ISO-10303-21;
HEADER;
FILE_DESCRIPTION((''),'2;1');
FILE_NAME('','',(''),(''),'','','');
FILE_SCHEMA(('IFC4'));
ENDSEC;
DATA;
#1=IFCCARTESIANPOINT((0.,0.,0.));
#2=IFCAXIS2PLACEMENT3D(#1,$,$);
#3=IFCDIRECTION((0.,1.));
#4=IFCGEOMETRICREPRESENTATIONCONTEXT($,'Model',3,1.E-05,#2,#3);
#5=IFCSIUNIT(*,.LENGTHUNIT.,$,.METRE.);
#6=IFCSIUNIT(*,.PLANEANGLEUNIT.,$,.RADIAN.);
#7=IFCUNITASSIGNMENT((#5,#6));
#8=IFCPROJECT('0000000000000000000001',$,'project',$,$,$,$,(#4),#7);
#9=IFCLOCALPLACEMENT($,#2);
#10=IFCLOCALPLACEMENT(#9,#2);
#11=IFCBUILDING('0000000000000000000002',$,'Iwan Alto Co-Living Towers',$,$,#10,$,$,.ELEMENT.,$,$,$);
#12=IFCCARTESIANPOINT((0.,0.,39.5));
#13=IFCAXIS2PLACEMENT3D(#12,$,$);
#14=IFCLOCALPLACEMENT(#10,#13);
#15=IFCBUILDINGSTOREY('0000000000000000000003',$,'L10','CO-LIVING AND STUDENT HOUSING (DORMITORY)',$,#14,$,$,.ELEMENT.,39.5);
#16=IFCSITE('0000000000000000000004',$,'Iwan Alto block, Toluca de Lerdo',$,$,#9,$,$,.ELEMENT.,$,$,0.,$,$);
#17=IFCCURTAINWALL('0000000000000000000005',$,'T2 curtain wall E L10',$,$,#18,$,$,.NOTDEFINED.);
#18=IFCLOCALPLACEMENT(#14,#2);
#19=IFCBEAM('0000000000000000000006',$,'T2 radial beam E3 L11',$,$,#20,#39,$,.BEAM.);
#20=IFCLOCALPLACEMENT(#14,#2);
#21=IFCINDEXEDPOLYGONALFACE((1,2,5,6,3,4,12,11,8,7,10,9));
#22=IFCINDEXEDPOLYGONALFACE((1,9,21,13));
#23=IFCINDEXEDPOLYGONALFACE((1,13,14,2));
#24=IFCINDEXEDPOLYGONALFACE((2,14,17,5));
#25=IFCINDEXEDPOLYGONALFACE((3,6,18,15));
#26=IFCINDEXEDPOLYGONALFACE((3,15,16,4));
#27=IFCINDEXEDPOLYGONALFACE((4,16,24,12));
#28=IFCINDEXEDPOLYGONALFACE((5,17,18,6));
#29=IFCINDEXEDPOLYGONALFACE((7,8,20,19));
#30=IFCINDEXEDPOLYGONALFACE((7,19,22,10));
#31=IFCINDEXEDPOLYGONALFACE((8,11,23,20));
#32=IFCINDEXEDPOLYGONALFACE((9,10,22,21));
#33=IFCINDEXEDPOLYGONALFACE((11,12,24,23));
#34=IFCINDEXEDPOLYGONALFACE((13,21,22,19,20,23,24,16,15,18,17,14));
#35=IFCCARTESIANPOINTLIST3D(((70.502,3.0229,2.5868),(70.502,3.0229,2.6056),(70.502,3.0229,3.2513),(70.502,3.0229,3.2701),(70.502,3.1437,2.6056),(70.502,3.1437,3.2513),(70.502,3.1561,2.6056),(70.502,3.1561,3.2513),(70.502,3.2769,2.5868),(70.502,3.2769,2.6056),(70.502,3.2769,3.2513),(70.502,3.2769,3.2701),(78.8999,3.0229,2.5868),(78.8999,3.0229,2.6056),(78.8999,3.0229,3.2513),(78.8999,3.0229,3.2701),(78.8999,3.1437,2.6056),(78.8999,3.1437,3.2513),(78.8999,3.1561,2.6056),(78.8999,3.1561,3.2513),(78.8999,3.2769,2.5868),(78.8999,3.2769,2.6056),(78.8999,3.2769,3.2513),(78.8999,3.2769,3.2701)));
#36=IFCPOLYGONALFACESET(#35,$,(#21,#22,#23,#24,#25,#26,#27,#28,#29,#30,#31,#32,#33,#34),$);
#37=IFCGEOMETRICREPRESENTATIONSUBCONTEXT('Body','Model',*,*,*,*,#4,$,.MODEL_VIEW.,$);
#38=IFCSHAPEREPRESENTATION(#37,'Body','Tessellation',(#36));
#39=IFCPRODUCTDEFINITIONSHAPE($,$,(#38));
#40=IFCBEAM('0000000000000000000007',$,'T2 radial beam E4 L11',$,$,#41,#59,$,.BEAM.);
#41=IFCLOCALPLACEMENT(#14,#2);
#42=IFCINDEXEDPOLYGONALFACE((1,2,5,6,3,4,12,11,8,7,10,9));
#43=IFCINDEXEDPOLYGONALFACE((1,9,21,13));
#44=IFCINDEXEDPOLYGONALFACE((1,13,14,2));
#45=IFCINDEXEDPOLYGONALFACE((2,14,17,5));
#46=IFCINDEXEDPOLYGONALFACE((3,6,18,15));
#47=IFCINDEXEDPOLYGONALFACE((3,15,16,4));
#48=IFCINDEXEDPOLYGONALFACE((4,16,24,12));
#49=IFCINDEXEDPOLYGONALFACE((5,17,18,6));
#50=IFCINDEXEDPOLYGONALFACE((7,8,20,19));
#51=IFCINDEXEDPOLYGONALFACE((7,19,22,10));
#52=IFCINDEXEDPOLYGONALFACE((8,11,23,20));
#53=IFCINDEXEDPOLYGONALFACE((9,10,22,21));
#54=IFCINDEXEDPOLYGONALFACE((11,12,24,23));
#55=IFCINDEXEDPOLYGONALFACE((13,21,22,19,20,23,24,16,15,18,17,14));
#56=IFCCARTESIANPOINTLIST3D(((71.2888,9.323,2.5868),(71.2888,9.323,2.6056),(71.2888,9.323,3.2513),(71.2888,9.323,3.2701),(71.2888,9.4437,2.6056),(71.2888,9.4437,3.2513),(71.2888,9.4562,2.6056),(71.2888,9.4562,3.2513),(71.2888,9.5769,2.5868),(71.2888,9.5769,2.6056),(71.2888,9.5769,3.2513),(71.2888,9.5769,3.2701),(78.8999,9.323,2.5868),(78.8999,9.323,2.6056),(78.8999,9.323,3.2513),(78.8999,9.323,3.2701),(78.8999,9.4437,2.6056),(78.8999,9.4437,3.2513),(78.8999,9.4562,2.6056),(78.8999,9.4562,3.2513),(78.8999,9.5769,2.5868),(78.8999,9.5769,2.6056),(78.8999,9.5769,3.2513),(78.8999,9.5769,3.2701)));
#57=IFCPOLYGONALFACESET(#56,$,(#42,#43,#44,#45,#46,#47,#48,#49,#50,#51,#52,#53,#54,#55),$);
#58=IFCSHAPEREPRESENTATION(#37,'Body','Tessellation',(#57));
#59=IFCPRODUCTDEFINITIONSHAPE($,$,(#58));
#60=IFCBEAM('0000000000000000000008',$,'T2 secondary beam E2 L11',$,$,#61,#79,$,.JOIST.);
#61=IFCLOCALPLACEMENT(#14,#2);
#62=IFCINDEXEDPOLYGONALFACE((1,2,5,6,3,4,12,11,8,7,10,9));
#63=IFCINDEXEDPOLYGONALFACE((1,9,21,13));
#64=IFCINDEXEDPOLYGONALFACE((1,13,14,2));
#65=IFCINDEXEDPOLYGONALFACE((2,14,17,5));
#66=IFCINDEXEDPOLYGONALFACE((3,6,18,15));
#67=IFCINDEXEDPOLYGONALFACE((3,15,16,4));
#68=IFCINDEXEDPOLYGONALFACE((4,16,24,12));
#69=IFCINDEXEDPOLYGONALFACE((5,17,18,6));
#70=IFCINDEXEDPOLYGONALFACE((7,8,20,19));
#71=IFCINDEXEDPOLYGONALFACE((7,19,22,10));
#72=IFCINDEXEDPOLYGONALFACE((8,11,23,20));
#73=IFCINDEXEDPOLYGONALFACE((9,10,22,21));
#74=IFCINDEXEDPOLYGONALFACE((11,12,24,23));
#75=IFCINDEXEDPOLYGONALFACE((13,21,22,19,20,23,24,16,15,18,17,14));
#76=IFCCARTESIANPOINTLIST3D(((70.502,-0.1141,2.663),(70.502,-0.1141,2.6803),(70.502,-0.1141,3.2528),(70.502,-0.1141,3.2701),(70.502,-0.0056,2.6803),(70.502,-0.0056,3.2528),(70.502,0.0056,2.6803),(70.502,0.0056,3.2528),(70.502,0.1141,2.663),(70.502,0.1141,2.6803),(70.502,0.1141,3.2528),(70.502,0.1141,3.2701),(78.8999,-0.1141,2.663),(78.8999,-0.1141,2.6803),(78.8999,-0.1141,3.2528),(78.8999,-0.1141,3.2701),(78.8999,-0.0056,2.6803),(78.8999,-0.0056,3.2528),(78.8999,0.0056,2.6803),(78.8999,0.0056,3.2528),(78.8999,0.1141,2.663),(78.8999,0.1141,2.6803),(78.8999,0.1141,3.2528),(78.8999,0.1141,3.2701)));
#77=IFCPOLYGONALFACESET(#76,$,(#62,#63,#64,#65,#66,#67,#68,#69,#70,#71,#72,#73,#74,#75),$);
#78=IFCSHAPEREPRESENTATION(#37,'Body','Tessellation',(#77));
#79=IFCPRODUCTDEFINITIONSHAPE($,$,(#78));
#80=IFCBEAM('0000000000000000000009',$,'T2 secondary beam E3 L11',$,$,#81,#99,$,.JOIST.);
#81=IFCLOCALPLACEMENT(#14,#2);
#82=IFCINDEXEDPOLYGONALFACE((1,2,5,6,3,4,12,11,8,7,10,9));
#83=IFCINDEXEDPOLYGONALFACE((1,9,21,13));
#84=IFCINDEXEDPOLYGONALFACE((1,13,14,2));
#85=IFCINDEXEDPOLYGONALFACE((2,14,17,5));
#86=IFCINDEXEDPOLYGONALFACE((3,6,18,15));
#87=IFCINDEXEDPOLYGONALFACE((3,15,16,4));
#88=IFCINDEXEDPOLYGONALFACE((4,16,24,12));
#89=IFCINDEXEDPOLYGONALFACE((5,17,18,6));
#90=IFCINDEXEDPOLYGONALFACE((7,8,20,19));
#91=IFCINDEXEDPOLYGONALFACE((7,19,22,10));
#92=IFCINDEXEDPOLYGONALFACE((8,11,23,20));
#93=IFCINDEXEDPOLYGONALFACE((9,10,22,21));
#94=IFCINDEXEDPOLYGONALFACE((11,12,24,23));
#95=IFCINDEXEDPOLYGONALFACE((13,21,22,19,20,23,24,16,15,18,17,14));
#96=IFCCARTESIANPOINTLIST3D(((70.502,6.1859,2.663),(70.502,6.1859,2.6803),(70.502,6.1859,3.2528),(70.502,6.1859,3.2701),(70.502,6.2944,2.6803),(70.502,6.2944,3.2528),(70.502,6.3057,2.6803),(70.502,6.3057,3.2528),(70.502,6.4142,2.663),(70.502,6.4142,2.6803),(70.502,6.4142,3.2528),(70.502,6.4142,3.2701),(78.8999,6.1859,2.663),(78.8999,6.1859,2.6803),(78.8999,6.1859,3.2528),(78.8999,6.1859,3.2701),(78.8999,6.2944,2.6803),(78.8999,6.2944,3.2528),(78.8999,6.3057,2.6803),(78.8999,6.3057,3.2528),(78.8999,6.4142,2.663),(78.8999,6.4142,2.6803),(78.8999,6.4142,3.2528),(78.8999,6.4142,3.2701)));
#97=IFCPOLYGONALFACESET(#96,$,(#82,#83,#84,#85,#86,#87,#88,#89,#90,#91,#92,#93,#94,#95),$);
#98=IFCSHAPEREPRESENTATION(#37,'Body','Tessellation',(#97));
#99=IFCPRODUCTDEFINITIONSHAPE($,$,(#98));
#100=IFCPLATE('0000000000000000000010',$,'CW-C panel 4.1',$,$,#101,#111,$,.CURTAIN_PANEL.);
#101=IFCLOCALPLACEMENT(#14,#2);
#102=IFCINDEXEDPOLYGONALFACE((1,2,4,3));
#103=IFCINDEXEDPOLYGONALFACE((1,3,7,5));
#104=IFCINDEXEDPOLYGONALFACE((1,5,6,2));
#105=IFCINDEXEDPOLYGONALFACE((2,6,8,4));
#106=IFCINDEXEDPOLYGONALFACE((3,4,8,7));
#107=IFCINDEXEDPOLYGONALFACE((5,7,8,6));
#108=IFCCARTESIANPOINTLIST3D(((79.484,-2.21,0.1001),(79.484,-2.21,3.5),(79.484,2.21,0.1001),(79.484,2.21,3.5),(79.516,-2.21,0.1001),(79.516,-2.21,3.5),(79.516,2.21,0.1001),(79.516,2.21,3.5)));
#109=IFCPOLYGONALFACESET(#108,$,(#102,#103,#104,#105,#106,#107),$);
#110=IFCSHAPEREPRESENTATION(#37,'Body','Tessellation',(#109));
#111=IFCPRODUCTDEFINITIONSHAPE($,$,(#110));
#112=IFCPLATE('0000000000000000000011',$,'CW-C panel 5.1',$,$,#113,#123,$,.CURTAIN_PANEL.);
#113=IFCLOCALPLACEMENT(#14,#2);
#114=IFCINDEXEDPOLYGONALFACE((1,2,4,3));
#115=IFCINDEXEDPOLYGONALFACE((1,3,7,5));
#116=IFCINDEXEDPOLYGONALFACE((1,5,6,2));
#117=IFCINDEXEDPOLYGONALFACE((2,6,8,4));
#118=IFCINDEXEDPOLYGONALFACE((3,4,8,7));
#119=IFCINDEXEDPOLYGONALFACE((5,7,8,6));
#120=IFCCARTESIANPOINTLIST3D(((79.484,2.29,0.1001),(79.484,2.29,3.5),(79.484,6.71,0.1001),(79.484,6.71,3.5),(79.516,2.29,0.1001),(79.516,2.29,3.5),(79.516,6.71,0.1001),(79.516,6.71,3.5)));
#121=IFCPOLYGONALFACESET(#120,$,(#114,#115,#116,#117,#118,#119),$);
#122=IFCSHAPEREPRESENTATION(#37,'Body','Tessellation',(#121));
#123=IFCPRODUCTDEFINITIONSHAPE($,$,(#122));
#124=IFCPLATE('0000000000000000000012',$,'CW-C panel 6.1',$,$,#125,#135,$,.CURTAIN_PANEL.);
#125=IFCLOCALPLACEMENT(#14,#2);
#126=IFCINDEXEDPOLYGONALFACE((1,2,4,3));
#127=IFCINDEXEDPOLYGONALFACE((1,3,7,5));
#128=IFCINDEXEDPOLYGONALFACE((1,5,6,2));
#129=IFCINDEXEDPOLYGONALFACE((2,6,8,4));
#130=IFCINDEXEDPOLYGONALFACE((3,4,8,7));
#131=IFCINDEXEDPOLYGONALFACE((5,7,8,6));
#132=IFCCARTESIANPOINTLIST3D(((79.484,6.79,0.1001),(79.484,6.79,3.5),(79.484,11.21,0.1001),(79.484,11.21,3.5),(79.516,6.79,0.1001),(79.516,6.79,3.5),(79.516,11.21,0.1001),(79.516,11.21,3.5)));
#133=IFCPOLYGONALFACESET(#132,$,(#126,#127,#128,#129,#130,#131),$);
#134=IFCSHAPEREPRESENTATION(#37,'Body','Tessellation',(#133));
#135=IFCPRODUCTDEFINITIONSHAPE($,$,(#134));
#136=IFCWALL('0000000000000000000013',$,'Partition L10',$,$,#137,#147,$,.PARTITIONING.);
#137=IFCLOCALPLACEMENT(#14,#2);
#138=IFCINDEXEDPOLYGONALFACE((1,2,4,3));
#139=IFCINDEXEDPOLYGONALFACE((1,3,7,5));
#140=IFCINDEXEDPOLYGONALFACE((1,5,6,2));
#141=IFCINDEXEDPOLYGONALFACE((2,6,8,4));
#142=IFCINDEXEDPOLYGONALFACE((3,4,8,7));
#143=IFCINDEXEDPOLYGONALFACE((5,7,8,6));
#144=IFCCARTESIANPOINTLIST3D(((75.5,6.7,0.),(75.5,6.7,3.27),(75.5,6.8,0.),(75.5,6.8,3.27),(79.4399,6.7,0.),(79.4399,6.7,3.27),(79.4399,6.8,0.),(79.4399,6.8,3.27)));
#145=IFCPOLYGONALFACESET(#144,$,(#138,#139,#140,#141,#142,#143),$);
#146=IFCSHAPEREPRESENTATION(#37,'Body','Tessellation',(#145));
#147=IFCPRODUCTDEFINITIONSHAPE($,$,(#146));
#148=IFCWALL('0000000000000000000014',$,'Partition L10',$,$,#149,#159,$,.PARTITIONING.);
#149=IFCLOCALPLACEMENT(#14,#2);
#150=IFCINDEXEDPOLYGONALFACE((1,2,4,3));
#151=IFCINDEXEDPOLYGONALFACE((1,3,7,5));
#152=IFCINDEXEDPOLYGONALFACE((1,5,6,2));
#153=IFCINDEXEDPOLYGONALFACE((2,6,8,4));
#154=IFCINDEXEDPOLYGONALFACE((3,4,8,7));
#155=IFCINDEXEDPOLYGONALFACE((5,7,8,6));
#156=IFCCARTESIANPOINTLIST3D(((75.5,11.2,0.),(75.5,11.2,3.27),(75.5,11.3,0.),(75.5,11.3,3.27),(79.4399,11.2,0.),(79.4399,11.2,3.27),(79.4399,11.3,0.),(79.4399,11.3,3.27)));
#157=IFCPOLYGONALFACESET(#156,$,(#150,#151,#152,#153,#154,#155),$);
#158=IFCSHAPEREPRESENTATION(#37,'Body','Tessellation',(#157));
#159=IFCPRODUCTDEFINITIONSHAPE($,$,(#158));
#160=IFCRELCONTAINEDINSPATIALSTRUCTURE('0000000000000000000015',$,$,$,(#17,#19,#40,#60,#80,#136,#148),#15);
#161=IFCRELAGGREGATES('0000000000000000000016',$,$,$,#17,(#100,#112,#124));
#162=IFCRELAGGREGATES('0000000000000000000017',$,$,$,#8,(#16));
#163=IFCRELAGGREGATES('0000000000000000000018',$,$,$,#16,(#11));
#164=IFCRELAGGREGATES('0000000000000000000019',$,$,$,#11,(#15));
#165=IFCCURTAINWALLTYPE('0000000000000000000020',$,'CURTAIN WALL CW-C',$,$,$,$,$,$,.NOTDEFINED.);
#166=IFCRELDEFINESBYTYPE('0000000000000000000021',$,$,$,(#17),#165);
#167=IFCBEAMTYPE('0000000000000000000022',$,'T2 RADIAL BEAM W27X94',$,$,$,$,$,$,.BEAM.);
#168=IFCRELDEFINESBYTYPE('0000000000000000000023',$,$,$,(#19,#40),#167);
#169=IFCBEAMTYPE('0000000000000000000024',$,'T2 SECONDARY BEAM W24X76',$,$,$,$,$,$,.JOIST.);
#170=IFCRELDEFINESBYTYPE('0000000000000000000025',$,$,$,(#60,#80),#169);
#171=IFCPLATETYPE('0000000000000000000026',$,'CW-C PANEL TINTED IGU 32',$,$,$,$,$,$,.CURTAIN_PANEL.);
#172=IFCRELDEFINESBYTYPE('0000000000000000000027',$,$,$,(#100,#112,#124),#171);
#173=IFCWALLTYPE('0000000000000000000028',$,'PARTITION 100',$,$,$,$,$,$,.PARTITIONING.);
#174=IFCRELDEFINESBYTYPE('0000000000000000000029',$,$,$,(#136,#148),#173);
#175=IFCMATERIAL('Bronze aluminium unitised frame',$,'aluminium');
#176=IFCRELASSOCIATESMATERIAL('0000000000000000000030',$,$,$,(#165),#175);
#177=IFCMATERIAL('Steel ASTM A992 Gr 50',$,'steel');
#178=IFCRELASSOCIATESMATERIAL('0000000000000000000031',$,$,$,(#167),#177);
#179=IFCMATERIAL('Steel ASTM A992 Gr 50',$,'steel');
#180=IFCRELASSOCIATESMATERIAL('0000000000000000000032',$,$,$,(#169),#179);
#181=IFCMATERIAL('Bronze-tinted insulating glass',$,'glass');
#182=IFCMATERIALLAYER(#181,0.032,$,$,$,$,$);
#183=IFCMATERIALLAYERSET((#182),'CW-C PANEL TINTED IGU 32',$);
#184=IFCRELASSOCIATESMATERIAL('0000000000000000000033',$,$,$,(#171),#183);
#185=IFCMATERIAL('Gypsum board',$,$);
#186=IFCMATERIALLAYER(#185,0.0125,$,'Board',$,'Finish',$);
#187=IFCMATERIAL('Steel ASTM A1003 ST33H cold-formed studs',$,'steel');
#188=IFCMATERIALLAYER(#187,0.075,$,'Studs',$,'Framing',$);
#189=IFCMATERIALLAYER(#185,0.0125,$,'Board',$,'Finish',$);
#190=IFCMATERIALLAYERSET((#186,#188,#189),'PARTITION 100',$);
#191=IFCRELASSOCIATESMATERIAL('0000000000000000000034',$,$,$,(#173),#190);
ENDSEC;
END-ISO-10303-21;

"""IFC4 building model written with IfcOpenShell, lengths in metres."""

from ifc_helpers import new_model, si_unit, direction, frame, frame_2d, origin, origin_2d, place, context, subcontext, project, spatial, rectangle, i_section, extrude, material, layer, layer_set, material_profile, profile_set, type_object, element, aggregate, save


model = new_model("IFC4")

# Units and contexts
model_context = context("Model", 3, precision=1e-05, world=origin(), true_north=direction((0.0, 1.0)))
body_context = subcontext(model_context, "Body", "Model", "MODEL_VIEW")
ifc_project = project(units=[si_unit("LENGTHUNIT", "METRE"), si_unit("PLANEANGLEUNIT", "RADIAN")], contexts=[model_context])

# Site, building, storey
site_placement = place(None, origin())
site = spatial("IfcSite", under=ifc_project, at=site_placement, Name="Iwan Alto block, Toluca de Lerdo", CompositionType="ELEMENT", RefElevation=0.0)
building_placement = place(site_placement, origin())
building = spatial("IfcBuilding", under=site, at=building_placement, Name="Iwan Alto Co-Living Towers", CompositionType="ELEMENT")
storey_placement = place(building_placement, frame((0.0, 0.0, 39.5)))
storey = spatial("IfcBuildingStorey", under=building, at=storey_placement, Name="L10", Description="CO-LIVING AND STUDENT HOUSING (DORMITORY)", CompositionType="ELEMENT", Elevation=39.5)

# Curtain wall
ifc_material_1 = material(Name="Bronze aluminium unitised frame", Category="aluminium")
curtain_wall_type = type_object("IfcCurtainWallType", Name="CURTAIN WALL CW-C", PredefinedType="NOTDEFINED", material=ifc_material_1)
curtain_wall_placement = place(storey_placement, origin())
curtain_wall = element("IfcCurtainWall", 1, at=curtain_wall_placement, inside=storey, type_object=curtain_wall_type, Name="T2 curtain wall E L10", PredefinedType="NOTDEFINED")

# Beams
ifc_material_2 = material(Name="Steel ASTM A992 Gr 50", Category="steel")
ifc_material_profile_1 = material_profile(ifc_material_2, i_section(OverallWidth=0.2539, OverallDepth=0.6833, WebThickness=0.0125, FlangeThickness=0.0188, at=origin_2d()), Name="W27X94")
ifc_profile_set_1 = profile_set([ifc_material_profile_1], Name="Steel ASTM A992 Gr 50")
beam_type_1 = type_object("IfcBeamType", Name="T2 RADIAL BEAM W27X94", PredefinedType="BEAM", material=ifc_profile_set_1)
beam_1_placement = place(storey_placement, frame((78.8999, 3.1499, 2.9285), z_axis=(-1.0, 0.0, 0.0), x_axis=(0.0, -1.0, 0.0)))
element("IfcBeam", 2, at=beam_1_placement, inside=storey, type_object=beam_type_1, Name="T2 radial beam E3 L11", PredefinedType="BEAM", context=body_context, shape_type="SweptSolid", body=[
    extrude(i_section(OverallWidth=0.2539, OverallDepth=0.6833, WebThickness=0.0125, FlangeThickness=0.0188, at=origin_2d()), origin(), (0.0, 0.0, 1.0), 8.3979),
])
beam_2_placement = place(storey_placement, frame((78.8999, 9.45, 2.9285), z_axis=(-1.0, 0.0, 0.0), x_axis=(0.0, -1.0, 0.0)))
element("IfcBeam", 3, at=beam_2_placement, inside=storey, type_object=beam_type_1, Name="T2 radial beam E4 L11", PredefinedType="BEAM", context=body_context, shape_type="SweptSolid", body=[
    extrude(i_section(OverallWidth=0.2539, OverallDepth=0.6833, WebThickness=0.0125, FlangeThickness=0.0188, at=origin_2d()), origin(), (0.0, 0.0, 1.0), 7.6111),
])
ifc_material_3 = material(Name="Steel ASTM A992 Gr 50", Category="steel")
ifc_material_profile_2 = material_profile(ifc_material_3, i_section(OverallWidth=0.2283, OverallDepth=0.6072, WebThickness=0.0112, FlangeThickness=0.0173, at=origin_2d()), Name="W24X76")
ifc_profile_set_2 = profile_set([ifc_material_profile_2], Name="Steel ASTM A992 Gr 50")
beam_type_2 = type_object("IfcBeamType", Name="T2 SECONDARY BEAM W24X76", PredefinedType="JOIST", material=ifc_profile_set_2)
for number, where, z_axis, x_axis, name in (
    (4, (78.8999, 0.0, 2.9666), (-1.0, 0.0, 0.0), (0.0, -1.0, 0.0), "T2 secondary beam E2 L11"),
    (5, (78.8999, 6.3, 2.9666), (-1.0, 0.0, 0.0), (0.0, -1.0, 0.0), "T2 secondary beam E3 L11"),
):
    element("IfcBeam", number, at=place(storey_placement, frame(where, z_axis=z_axis, x_axis=x_axis)), inside=storey, type_object=beam_type_2, Name=name, PredefinedType="JOIST", context=body_context, shape_type="SweptSolid", body=[
        extrude(i_section(OverallWidth=0.2283, OverallDepth=0.6072, WebThickness=0.0112, FlangeThickness=0.0173, at=origin_2d()), origin(), (0.0, 0.0, 1.0), 8.3979),
    ])

# Plates
ifc_material_4 = material(Name="Bronze-tinted insulating glass", Category="glass")
ifc_layer_1 = layer(ifc_material_4, 0.032)
ifc_layer_set_1 = layer_set([ifc_layer_1], Name="CW-C PANEL TINTED IGU 32")
plate_type = type_object("IfcPlateType", Name="CW-C PANEL TINTED IGU 32", PredefinedType="CURTAIN_PANEL", material=ifc_layer_set_1)
plate_1_placement = place(storey_placement, frame((79.5, 0.0, 0.1001), z_axis=(0.0, 0.0, 1.0), x_axis=(0.0, 1.0, 0.0)))
plate_1 = element("IfcPlate", 6, at=plate_1_placement, type_object=plate_type, Name="CW-C panel 4.1", PredefinedType="CURTAIN_PANEL", context=body_context, shape_type="SweptSolid", body=[
    extrude(rectangle(XDim=4.4199, YDim=0.032, at=origin_2d()), origin(), (0.0, 0.0, 1.0), 3.3999),
])
plate_2_placement = place(storey_placement, frame((79.5, 4.5, 0.1001), z_axis=(0.0, 0.0, 1.0), x_axis=(0.0, 1.0, 0.0)))
plate_2 = element("IfcPlate", 7, at=plate_2_placement, type_object=plate_type, Name="CW-C panel 5.1", PredefinedType="CURTAIN_PANEL", context=body_context, shape_type="SweptSolid", body=[
    extrude(rectangle(XDim=4.4199, YDim=0.032, at=origin_2d()), origin(), (0.0, 0.0, 1.0), 3.3999),
])
plate_3_placement = place(storey_placement, frame((79.5, 9.0, 0.1001), z_axis=(0.0, 0.0, 1.0), x_axis=(0.0, 1.0, 0.0)))
plate_3 = element("IfcPlate", 8, at=plate_3_placement, type_object=plate_type, Name="CW-C panel 6.1", PredefinedType="CURTAIN_PANEL", context=body_context, shape_type="SweptSolid", body=[
    extrude(rectangle(XDim=4.4199, YDim=0.032, at=origin_2d()), origin(), (0.0, 0.0, 1.0), 3.3999),
])
aggregate(curtain_wall, [plate_1, plate_2, plate_3])

# Walls
ifc_material_5 = material(Name="Gypsum board")
ifc_layer_2 = layer(ifc_material_5, 0.0125, Name="Board", Category="Finish")
ifc_material_6 = material(Name="Steel ASTM A1003 ST33H cold-formed studs", Category="steel")
ifc_layer_3 = layer(ifc_material_6, 0.075, Name="Studs", Category="Framing")
ifc_layer_4 = layer(ifc_material_5, 0.0125, Name="Board", Category="Finish")
ifc_layer_set_2 = layer_set([ifc_layer_2, ifc_layer_3, ifc_layer_4], Name="PARTITION 100")
wall_type = type_object("IfcWallType", Name="PARTITION 100", PredefinedType="PARTITIONING", material=ifc_layer_set_2)
for number, where, z_axis, x_axis, name in (
    (9, (75.5, 6.75, 0.0), (0.0, 0.0, 1.0), (1.0, 0.0, 0.0), "Partition L10"),
    (10, (75.5, 11.25, 0.0), (0.0, 0.0, 1.0), (1.0, 0.0, 0.0), "Partition L10"),
):
    element("IfcWall", number, at=place(storey_placement, frame(where, z_axis=z_axis, x_axis=x_axis)), inside=storey, type_object=wall_type, Name=name, PredefinedType="PARTITIONING", context=body_context, shape_type="SweptSolid", body=[
        extrude(rectangle(XDim=3.9399, YDim=0.1001, at=frame_2d((1.97, 0.0))), origin(), (0.0, 0.0, 1.0), 3.27),
    ])

save(model, "model.ifc")
